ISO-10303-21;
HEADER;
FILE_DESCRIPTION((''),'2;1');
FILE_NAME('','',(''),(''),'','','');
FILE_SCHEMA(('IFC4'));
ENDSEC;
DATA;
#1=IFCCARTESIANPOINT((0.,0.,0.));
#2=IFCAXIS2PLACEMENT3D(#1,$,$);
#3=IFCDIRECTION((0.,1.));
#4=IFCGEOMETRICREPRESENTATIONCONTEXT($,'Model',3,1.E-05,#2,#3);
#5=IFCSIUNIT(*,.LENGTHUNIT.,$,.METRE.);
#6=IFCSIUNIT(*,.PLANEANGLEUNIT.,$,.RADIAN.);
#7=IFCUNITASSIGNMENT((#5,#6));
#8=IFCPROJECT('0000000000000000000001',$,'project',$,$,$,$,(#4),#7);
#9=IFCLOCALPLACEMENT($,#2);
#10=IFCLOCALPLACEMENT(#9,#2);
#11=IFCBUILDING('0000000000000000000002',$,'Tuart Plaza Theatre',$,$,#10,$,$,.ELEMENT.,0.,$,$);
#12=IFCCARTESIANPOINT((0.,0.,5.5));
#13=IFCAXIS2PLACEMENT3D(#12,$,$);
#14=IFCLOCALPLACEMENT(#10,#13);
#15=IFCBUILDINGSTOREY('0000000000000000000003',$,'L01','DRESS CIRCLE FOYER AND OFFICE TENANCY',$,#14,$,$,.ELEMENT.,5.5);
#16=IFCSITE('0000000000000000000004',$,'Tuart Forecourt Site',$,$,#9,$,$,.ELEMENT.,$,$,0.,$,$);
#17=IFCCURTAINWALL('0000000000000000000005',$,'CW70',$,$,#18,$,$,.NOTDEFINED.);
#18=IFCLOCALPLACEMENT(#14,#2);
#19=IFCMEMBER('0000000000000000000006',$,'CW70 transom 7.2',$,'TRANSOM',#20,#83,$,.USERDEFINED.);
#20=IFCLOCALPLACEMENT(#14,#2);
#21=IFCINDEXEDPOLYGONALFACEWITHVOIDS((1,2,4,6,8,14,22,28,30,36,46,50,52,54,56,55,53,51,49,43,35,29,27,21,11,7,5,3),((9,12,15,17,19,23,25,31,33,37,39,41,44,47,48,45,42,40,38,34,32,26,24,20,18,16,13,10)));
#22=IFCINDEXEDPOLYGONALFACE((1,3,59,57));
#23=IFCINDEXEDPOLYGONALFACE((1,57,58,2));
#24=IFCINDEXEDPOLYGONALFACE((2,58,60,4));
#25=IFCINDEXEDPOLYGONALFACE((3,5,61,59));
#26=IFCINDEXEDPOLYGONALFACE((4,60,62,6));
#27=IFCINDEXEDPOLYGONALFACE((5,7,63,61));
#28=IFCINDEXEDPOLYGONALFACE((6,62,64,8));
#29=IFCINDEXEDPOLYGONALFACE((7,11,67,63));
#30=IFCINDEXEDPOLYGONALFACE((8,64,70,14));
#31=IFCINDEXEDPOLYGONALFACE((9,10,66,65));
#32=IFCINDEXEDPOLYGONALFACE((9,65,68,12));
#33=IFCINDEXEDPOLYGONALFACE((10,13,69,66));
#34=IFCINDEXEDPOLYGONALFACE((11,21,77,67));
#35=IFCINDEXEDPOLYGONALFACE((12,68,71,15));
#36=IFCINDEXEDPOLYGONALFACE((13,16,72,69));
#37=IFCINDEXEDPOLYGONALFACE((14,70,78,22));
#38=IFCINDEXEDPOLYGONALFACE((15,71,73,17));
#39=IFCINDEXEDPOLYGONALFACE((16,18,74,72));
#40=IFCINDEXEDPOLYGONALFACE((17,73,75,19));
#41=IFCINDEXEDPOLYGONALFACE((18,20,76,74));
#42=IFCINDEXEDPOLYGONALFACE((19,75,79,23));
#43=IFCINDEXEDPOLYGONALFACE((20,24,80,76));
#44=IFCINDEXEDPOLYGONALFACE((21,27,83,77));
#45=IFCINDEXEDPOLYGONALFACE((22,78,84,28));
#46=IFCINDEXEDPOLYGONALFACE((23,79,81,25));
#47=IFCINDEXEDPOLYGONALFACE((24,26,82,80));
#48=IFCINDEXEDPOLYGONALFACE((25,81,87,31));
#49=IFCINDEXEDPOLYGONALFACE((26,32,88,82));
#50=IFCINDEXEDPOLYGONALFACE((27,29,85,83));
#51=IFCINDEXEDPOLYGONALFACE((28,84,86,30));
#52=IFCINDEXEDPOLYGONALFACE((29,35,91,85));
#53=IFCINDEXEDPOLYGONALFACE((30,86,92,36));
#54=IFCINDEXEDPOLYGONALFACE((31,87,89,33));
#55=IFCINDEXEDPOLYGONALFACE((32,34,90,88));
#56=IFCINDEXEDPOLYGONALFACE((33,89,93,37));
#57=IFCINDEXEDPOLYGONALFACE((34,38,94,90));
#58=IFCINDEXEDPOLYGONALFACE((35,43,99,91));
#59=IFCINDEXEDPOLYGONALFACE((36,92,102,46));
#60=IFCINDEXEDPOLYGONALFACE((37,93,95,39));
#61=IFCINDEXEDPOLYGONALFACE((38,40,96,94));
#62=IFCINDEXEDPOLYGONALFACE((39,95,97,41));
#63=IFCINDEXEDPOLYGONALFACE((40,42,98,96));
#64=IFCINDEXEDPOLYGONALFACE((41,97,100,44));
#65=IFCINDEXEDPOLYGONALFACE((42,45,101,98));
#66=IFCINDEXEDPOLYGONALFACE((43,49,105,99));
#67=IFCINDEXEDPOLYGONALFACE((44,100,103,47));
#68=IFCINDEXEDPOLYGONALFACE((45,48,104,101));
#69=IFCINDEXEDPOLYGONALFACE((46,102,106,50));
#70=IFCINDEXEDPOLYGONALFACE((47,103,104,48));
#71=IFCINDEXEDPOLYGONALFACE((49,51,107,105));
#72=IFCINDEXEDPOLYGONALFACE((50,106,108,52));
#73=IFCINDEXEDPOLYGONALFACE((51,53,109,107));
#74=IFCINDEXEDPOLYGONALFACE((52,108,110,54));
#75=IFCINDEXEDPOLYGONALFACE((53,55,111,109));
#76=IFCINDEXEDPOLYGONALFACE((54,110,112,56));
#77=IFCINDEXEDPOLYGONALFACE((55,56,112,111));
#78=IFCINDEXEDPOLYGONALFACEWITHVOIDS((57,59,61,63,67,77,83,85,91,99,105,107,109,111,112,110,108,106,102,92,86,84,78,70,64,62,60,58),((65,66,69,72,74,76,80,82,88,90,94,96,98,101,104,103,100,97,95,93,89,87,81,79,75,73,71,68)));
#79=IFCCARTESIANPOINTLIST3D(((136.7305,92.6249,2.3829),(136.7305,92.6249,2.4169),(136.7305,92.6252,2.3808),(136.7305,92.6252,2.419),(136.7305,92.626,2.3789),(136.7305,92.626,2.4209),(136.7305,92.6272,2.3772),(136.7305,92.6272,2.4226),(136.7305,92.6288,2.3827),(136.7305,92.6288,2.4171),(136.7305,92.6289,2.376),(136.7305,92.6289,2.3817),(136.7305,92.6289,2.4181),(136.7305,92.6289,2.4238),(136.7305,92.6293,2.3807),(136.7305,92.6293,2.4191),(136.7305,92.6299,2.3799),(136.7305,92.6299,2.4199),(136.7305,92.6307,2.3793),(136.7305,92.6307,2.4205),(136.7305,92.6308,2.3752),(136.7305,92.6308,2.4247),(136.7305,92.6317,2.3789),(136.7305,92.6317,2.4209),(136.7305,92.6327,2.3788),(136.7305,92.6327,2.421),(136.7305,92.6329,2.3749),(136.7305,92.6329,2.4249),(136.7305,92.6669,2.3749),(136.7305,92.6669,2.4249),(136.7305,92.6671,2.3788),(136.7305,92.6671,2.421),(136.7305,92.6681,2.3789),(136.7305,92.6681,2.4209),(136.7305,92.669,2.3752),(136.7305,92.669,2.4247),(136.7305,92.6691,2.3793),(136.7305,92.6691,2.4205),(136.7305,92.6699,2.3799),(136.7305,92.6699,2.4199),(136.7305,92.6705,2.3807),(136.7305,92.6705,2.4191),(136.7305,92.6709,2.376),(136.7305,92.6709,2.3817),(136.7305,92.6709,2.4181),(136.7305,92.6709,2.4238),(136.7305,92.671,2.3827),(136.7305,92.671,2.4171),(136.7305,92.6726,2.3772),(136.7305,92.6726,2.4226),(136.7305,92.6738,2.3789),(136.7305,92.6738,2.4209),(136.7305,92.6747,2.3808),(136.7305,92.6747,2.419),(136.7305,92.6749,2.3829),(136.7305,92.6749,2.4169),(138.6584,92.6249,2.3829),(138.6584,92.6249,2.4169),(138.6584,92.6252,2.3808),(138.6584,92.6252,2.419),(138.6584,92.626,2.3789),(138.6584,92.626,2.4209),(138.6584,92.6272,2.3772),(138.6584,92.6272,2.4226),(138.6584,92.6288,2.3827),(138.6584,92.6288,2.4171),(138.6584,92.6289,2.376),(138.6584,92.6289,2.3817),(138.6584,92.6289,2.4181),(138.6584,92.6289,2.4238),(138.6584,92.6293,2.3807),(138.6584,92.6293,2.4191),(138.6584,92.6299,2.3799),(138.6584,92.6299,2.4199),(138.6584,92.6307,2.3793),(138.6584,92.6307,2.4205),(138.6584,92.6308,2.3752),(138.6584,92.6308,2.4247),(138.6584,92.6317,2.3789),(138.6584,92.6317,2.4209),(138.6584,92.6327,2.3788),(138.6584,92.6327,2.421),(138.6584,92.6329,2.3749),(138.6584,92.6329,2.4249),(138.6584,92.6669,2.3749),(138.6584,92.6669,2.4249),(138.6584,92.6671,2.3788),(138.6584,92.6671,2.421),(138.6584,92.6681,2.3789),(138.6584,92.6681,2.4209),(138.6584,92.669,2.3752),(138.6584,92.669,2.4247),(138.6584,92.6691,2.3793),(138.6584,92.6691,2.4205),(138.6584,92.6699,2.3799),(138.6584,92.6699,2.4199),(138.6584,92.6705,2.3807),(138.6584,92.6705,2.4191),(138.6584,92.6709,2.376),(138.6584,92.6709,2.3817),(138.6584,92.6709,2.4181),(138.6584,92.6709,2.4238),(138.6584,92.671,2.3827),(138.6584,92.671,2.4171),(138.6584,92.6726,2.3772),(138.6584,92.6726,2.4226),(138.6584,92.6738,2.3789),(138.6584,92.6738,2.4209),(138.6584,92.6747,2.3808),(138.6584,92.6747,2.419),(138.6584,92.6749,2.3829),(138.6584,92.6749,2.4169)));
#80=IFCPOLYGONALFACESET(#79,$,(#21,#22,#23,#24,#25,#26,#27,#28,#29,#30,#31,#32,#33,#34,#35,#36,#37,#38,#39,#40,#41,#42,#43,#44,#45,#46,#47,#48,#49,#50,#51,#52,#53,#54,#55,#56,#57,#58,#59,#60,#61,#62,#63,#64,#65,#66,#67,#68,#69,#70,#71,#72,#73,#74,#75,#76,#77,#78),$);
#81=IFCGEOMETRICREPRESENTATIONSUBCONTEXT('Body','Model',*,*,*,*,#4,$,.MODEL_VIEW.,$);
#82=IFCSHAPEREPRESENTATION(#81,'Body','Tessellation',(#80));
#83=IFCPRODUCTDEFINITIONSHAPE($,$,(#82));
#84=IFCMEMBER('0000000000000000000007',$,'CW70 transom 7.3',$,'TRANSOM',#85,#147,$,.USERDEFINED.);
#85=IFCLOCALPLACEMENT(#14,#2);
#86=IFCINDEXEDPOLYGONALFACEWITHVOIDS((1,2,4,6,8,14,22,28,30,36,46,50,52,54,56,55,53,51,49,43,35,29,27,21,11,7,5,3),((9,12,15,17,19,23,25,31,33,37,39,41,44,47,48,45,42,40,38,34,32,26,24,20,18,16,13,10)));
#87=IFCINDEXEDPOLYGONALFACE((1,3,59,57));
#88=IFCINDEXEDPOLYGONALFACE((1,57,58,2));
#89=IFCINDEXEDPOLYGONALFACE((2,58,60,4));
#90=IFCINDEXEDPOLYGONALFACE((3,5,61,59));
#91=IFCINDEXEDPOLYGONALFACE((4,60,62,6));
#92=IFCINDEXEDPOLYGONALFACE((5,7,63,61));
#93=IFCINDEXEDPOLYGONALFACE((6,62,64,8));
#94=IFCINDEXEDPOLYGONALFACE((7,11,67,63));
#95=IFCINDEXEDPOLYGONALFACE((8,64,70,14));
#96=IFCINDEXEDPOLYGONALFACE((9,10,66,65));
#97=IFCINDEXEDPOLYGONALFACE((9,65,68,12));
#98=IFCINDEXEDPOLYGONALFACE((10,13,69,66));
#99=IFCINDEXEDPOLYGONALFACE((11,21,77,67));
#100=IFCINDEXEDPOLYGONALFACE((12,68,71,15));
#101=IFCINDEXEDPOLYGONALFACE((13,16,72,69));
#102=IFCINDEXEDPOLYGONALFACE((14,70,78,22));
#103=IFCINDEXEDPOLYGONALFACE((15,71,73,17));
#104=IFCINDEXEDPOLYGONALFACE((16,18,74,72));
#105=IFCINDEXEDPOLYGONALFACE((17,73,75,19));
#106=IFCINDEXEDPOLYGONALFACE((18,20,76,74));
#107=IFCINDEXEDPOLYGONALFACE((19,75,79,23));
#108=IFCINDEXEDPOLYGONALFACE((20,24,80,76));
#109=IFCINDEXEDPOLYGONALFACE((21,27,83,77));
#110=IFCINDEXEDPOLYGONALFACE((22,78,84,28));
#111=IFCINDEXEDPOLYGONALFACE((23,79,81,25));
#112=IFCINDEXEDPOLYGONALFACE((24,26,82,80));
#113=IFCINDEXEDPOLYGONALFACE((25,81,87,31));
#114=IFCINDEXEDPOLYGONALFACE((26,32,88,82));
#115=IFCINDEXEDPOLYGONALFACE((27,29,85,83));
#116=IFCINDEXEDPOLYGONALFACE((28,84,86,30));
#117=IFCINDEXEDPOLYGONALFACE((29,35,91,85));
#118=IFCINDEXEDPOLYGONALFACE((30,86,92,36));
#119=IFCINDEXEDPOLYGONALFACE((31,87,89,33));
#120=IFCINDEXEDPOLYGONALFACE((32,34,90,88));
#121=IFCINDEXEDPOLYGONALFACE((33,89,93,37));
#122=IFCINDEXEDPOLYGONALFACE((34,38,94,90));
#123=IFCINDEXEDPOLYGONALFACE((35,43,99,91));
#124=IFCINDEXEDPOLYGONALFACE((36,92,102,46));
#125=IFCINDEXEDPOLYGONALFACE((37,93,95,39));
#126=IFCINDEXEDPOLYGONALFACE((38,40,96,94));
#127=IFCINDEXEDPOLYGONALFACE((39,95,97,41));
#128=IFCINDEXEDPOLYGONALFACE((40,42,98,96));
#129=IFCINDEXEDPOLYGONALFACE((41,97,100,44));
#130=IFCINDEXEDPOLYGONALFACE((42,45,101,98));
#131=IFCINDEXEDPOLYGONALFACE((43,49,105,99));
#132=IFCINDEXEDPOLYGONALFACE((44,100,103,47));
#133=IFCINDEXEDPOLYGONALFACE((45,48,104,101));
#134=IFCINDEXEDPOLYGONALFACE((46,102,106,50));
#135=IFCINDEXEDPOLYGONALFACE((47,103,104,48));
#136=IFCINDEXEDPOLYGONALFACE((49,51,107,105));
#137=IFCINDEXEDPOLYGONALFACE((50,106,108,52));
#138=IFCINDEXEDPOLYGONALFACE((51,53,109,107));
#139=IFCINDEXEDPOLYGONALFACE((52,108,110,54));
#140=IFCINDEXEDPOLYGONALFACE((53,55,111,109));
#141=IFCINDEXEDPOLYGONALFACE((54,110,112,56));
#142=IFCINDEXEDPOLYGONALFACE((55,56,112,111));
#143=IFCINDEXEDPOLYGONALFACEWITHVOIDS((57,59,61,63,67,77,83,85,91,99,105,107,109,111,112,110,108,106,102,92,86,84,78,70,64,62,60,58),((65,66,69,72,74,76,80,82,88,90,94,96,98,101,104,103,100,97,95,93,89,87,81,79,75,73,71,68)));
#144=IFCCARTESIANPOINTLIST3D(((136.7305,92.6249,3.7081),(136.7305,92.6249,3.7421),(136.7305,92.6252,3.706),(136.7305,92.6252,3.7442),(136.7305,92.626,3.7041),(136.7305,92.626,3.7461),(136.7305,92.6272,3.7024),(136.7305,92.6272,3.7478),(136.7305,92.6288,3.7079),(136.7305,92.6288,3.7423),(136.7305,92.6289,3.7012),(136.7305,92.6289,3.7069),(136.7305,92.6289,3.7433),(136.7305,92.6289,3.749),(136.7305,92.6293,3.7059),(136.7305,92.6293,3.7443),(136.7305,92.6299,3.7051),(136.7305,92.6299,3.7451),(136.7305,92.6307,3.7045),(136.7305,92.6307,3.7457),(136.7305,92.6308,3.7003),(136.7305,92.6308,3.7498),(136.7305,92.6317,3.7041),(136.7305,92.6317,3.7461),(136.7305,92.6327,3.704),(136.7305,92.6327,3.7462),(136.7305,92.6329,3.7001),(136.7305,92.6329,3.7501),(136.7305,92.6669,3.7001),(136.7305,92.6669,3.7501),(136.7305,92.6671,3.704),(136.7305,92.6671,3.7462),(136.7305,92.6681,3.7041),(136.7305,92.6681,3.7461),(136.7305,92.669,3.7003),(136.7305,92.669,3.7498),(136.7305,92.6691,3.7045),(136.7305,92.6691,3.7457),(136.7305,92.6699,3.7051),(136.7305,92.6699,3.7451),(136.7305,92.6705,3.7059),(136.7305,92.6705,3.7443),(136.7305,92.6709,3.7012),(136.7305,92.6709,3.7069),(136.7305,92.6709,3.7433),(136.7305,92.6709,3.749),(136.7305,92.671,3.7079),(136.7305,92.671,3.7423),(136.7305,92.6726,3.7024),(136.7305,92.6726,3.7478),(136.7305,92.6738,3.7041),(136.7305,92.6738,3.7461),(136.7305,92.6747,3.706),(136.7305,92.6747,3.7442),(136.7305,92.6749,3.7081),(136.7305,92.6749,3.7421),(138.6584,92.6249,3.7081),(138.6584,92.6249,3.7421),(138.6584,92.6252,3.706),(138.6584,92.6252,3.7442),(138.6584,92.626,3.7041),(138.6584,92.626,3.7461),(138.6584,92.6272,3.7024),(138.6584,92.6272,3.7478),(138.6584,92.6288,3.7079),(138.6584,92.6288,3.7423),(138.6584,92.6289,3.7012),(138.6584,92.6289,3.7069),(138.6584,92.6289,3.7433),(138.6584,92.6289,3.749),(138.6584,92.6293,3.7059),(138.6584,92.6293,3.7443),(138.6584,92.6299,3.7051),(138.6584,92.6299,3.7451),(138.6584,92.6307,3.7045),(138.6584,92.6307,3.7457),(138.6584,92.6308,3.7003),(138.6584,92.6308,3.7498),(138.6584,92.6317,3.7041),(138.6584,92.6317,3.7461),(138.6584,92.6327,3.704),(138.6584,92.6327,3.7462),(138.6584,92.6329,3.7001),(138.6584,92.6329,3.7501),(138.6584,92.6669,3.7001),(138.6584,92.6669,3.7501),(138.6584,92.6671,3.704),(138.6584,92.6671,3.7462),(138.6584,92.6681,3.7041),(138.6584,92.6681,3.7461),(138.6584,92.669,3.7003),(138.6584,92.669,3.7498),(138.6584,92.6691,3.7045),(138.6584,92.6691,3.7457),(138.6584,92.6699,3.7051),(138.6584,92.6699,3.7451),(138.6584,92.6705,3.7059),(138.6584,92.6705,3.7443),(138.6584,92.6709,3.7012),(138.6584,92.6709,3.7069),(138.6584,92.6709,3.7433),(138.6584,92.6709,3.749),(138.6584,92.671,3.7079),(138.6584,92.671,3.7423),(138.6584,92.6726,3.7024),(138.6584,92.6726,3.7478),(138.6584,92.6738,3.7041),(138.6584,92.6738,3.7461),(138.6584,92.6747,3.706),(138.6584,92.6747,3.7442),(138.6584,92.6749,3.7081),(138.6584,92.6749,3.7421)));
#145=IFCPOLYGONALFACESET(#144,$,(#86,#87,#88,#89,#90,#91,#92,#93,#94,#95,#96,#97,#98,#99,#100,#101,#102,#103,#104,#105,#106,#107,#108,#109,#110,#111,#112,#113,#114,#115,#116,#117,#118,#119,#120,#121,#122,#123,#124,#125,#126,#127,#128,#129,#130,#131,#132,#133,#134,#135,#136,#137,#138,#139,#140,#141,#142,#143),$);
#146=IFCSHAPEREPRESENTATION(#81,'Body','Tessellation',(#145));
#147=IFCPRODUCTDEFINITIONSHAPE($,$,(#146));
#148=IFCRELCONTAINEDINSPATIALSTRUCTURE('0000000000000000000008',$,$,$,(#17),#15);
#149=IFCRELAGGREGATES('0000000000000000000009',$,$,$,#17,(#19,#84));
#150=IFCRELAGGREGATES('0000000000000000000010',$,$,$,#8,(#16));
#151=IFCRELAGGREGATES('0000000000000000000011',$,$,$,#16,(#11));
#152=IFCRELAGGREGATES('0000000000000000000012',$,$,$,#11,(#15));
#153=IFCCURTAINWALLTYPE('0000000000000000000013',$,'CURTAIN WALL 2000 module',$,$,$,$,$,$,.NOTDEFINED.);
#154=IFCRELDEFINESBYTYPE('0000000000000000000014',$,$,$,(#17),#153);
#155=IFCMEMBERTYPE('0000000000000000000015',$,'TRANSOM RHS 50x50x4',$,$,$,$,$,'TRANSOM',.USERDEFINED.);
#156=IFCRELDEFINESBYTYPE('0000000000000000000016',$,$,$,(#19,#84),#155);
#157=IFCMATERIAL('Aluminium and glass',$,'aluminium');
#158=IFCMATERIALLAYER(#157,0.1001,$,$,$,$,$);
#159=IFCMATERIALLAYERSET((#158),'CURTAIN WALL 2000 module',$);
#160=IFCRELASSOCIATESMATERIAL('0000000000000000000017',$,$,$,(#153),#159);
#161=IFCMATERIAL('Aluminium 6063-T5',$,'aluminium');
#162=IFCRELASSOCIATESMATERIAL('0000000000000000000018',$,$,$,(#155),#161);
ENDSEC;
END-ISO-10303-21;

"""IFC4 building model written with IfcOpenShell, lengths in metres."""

from ifc_helpers import new_model, si_unit, direction, frame, origin, origin_2d, place, context, subcontext, project, spatial, hollow_rectangle, extrude, material, layer, layer_set, material_profile, profile_set, type_object, element, aggregate, save


model = new_model("IFC4")

# Units and contexts
model_context = context("Model", 3, precision=1e-05, world=origin(), true_north=direction((0.0, 1.0)))
body_context = subcontext(model_context, "Body", "Model", "MODEL_VIEW")
ifc_project = project(units=[si_unit("LENGTHUNIT", "METRE"), si_unit("PLANEANGLEUNIT", "RADIAN")], contexts=[model_context])

# Site, building, storey
site_placement = place(None, origin())
site = spatial("IfcSite", under=ifc_project, at=site_placement, Name="Tuart Forecourt Site", CompositionType="ELEMENT", RefElevation=0.0)
building_placement = place(site_placement, origin())
building = spatial("IfcBuilding", under=site, at=building_placement, Name="Tuart Plaza Theatre", CompositionType="ELEMENT", ElevationOfRefHeight=0.0)
storey_placement = place(building_placement, frame((0.0, 0.0, 5.5)))
storey = spatial("IfcBuildingStorey", under=building, at=storey_placement, Name="L01", Description="DRESS CIRCLE FOYER AND OFFICE TENANCY", CompositionType="ELEMENT", Elevation=5.5)

# Curtain wall, members
ifc_material_1 = material(Name="Aluminium and glass", Category="aluminium")
ifc_layer_1 = layer(ifc_material_1, 0.1001)
ifc_layer_set_1 = layer_set([ifc_layer_1], Name="CURTAIN WALL 2000 module")
curtain_wall_type = type_object("IfcCurtainWallType", Name="CURTAIN WALL 2000 module", PredefinedType="NOTDEFINED", material=ifc_layer_set_1)
curtain_wall_placement = place(storey_placement, origin())
curtain_wall = element("IfcCurtainWall", 1, at=curtain_wall_placement, inside=storey, type_object=curtain_wall_type, Name="CW70", PredefinedType="NOTDEFINED")
ifc_material_2 = material(Name="Aluminium 6063-T5", Category="aluminium")
ifc_material_profile_1 = material_profile(ifc_material_2, hollow_rectangle(XDim=0.05, YDim=0.05, WallThickness=0.0039, InnerFilletRadius=0.0039, OuterFilletRadius=0.0081, at=origin_2d()), Name="RHS 50x50x4")
ifc_profile_set_1 = profile_set([ifc_material_profile_1], Name="Aluminium 6063-T5")
member_type_1 = type_object("IfcMemberType", Name="TRANSOM RHS 50x50x4", ElementType="TRANSOM", PredefinedType="USERDEFINED", material=ifc_profile_set_1)
member_1_placement = place(storey_placement, frame((138.6584, 92.6499, 2.3999), z_axis=(-1.0, 0.0, 0.0), x_axis=(0.0, -1.0, 0.0)))
member_1 = element("IfcMember", 2, at=member_1_placement, type_object=member_type_1, Name="CW70 transom 7.2", ObjectType="TRANSOM", PredefinedType="USERDEFINED", context=body_context, shape_type="SweptSolid", body=[
    extrude(hollow_rectangle(XDim=0.05, YDim=0.05, WallThickness=0.0039, InnerFilletRadius=0.0039, OuterFilletRadius=0.0081, at=origin_2d()), origin(), (0.0, 0.0, 1.0), 1.928),
])
member_2_placement = place(storey_placement, frame((138.6584, 92.6499, 3.7251), z_axis=(-1.0, 0.0, 0.0), x_axis=(0.0, -1.0, 0.0)))
member_2 = element("IfcMember", 3, at=member_2_placement, type_object=member_type_1, Name="CW70 transom 7.3", ObjectType="TRANSOM", PredefinedType="USERDEFINED", context=body_context, shape_type="SweptSolid", body=[
    extrude(hollow_rectangle(XDim=0.05, YDim=0.05, WallThickness=0.0039, InnerFilletRadius=0.0039, OuterFilletRadius=0.0081, at=origin_2d()), origin(), (0.0, 0.0, 1.0), 1.928),
])
aggregate(curtain_wall, [member_1, member_2])

save(model, "model.ifc")
